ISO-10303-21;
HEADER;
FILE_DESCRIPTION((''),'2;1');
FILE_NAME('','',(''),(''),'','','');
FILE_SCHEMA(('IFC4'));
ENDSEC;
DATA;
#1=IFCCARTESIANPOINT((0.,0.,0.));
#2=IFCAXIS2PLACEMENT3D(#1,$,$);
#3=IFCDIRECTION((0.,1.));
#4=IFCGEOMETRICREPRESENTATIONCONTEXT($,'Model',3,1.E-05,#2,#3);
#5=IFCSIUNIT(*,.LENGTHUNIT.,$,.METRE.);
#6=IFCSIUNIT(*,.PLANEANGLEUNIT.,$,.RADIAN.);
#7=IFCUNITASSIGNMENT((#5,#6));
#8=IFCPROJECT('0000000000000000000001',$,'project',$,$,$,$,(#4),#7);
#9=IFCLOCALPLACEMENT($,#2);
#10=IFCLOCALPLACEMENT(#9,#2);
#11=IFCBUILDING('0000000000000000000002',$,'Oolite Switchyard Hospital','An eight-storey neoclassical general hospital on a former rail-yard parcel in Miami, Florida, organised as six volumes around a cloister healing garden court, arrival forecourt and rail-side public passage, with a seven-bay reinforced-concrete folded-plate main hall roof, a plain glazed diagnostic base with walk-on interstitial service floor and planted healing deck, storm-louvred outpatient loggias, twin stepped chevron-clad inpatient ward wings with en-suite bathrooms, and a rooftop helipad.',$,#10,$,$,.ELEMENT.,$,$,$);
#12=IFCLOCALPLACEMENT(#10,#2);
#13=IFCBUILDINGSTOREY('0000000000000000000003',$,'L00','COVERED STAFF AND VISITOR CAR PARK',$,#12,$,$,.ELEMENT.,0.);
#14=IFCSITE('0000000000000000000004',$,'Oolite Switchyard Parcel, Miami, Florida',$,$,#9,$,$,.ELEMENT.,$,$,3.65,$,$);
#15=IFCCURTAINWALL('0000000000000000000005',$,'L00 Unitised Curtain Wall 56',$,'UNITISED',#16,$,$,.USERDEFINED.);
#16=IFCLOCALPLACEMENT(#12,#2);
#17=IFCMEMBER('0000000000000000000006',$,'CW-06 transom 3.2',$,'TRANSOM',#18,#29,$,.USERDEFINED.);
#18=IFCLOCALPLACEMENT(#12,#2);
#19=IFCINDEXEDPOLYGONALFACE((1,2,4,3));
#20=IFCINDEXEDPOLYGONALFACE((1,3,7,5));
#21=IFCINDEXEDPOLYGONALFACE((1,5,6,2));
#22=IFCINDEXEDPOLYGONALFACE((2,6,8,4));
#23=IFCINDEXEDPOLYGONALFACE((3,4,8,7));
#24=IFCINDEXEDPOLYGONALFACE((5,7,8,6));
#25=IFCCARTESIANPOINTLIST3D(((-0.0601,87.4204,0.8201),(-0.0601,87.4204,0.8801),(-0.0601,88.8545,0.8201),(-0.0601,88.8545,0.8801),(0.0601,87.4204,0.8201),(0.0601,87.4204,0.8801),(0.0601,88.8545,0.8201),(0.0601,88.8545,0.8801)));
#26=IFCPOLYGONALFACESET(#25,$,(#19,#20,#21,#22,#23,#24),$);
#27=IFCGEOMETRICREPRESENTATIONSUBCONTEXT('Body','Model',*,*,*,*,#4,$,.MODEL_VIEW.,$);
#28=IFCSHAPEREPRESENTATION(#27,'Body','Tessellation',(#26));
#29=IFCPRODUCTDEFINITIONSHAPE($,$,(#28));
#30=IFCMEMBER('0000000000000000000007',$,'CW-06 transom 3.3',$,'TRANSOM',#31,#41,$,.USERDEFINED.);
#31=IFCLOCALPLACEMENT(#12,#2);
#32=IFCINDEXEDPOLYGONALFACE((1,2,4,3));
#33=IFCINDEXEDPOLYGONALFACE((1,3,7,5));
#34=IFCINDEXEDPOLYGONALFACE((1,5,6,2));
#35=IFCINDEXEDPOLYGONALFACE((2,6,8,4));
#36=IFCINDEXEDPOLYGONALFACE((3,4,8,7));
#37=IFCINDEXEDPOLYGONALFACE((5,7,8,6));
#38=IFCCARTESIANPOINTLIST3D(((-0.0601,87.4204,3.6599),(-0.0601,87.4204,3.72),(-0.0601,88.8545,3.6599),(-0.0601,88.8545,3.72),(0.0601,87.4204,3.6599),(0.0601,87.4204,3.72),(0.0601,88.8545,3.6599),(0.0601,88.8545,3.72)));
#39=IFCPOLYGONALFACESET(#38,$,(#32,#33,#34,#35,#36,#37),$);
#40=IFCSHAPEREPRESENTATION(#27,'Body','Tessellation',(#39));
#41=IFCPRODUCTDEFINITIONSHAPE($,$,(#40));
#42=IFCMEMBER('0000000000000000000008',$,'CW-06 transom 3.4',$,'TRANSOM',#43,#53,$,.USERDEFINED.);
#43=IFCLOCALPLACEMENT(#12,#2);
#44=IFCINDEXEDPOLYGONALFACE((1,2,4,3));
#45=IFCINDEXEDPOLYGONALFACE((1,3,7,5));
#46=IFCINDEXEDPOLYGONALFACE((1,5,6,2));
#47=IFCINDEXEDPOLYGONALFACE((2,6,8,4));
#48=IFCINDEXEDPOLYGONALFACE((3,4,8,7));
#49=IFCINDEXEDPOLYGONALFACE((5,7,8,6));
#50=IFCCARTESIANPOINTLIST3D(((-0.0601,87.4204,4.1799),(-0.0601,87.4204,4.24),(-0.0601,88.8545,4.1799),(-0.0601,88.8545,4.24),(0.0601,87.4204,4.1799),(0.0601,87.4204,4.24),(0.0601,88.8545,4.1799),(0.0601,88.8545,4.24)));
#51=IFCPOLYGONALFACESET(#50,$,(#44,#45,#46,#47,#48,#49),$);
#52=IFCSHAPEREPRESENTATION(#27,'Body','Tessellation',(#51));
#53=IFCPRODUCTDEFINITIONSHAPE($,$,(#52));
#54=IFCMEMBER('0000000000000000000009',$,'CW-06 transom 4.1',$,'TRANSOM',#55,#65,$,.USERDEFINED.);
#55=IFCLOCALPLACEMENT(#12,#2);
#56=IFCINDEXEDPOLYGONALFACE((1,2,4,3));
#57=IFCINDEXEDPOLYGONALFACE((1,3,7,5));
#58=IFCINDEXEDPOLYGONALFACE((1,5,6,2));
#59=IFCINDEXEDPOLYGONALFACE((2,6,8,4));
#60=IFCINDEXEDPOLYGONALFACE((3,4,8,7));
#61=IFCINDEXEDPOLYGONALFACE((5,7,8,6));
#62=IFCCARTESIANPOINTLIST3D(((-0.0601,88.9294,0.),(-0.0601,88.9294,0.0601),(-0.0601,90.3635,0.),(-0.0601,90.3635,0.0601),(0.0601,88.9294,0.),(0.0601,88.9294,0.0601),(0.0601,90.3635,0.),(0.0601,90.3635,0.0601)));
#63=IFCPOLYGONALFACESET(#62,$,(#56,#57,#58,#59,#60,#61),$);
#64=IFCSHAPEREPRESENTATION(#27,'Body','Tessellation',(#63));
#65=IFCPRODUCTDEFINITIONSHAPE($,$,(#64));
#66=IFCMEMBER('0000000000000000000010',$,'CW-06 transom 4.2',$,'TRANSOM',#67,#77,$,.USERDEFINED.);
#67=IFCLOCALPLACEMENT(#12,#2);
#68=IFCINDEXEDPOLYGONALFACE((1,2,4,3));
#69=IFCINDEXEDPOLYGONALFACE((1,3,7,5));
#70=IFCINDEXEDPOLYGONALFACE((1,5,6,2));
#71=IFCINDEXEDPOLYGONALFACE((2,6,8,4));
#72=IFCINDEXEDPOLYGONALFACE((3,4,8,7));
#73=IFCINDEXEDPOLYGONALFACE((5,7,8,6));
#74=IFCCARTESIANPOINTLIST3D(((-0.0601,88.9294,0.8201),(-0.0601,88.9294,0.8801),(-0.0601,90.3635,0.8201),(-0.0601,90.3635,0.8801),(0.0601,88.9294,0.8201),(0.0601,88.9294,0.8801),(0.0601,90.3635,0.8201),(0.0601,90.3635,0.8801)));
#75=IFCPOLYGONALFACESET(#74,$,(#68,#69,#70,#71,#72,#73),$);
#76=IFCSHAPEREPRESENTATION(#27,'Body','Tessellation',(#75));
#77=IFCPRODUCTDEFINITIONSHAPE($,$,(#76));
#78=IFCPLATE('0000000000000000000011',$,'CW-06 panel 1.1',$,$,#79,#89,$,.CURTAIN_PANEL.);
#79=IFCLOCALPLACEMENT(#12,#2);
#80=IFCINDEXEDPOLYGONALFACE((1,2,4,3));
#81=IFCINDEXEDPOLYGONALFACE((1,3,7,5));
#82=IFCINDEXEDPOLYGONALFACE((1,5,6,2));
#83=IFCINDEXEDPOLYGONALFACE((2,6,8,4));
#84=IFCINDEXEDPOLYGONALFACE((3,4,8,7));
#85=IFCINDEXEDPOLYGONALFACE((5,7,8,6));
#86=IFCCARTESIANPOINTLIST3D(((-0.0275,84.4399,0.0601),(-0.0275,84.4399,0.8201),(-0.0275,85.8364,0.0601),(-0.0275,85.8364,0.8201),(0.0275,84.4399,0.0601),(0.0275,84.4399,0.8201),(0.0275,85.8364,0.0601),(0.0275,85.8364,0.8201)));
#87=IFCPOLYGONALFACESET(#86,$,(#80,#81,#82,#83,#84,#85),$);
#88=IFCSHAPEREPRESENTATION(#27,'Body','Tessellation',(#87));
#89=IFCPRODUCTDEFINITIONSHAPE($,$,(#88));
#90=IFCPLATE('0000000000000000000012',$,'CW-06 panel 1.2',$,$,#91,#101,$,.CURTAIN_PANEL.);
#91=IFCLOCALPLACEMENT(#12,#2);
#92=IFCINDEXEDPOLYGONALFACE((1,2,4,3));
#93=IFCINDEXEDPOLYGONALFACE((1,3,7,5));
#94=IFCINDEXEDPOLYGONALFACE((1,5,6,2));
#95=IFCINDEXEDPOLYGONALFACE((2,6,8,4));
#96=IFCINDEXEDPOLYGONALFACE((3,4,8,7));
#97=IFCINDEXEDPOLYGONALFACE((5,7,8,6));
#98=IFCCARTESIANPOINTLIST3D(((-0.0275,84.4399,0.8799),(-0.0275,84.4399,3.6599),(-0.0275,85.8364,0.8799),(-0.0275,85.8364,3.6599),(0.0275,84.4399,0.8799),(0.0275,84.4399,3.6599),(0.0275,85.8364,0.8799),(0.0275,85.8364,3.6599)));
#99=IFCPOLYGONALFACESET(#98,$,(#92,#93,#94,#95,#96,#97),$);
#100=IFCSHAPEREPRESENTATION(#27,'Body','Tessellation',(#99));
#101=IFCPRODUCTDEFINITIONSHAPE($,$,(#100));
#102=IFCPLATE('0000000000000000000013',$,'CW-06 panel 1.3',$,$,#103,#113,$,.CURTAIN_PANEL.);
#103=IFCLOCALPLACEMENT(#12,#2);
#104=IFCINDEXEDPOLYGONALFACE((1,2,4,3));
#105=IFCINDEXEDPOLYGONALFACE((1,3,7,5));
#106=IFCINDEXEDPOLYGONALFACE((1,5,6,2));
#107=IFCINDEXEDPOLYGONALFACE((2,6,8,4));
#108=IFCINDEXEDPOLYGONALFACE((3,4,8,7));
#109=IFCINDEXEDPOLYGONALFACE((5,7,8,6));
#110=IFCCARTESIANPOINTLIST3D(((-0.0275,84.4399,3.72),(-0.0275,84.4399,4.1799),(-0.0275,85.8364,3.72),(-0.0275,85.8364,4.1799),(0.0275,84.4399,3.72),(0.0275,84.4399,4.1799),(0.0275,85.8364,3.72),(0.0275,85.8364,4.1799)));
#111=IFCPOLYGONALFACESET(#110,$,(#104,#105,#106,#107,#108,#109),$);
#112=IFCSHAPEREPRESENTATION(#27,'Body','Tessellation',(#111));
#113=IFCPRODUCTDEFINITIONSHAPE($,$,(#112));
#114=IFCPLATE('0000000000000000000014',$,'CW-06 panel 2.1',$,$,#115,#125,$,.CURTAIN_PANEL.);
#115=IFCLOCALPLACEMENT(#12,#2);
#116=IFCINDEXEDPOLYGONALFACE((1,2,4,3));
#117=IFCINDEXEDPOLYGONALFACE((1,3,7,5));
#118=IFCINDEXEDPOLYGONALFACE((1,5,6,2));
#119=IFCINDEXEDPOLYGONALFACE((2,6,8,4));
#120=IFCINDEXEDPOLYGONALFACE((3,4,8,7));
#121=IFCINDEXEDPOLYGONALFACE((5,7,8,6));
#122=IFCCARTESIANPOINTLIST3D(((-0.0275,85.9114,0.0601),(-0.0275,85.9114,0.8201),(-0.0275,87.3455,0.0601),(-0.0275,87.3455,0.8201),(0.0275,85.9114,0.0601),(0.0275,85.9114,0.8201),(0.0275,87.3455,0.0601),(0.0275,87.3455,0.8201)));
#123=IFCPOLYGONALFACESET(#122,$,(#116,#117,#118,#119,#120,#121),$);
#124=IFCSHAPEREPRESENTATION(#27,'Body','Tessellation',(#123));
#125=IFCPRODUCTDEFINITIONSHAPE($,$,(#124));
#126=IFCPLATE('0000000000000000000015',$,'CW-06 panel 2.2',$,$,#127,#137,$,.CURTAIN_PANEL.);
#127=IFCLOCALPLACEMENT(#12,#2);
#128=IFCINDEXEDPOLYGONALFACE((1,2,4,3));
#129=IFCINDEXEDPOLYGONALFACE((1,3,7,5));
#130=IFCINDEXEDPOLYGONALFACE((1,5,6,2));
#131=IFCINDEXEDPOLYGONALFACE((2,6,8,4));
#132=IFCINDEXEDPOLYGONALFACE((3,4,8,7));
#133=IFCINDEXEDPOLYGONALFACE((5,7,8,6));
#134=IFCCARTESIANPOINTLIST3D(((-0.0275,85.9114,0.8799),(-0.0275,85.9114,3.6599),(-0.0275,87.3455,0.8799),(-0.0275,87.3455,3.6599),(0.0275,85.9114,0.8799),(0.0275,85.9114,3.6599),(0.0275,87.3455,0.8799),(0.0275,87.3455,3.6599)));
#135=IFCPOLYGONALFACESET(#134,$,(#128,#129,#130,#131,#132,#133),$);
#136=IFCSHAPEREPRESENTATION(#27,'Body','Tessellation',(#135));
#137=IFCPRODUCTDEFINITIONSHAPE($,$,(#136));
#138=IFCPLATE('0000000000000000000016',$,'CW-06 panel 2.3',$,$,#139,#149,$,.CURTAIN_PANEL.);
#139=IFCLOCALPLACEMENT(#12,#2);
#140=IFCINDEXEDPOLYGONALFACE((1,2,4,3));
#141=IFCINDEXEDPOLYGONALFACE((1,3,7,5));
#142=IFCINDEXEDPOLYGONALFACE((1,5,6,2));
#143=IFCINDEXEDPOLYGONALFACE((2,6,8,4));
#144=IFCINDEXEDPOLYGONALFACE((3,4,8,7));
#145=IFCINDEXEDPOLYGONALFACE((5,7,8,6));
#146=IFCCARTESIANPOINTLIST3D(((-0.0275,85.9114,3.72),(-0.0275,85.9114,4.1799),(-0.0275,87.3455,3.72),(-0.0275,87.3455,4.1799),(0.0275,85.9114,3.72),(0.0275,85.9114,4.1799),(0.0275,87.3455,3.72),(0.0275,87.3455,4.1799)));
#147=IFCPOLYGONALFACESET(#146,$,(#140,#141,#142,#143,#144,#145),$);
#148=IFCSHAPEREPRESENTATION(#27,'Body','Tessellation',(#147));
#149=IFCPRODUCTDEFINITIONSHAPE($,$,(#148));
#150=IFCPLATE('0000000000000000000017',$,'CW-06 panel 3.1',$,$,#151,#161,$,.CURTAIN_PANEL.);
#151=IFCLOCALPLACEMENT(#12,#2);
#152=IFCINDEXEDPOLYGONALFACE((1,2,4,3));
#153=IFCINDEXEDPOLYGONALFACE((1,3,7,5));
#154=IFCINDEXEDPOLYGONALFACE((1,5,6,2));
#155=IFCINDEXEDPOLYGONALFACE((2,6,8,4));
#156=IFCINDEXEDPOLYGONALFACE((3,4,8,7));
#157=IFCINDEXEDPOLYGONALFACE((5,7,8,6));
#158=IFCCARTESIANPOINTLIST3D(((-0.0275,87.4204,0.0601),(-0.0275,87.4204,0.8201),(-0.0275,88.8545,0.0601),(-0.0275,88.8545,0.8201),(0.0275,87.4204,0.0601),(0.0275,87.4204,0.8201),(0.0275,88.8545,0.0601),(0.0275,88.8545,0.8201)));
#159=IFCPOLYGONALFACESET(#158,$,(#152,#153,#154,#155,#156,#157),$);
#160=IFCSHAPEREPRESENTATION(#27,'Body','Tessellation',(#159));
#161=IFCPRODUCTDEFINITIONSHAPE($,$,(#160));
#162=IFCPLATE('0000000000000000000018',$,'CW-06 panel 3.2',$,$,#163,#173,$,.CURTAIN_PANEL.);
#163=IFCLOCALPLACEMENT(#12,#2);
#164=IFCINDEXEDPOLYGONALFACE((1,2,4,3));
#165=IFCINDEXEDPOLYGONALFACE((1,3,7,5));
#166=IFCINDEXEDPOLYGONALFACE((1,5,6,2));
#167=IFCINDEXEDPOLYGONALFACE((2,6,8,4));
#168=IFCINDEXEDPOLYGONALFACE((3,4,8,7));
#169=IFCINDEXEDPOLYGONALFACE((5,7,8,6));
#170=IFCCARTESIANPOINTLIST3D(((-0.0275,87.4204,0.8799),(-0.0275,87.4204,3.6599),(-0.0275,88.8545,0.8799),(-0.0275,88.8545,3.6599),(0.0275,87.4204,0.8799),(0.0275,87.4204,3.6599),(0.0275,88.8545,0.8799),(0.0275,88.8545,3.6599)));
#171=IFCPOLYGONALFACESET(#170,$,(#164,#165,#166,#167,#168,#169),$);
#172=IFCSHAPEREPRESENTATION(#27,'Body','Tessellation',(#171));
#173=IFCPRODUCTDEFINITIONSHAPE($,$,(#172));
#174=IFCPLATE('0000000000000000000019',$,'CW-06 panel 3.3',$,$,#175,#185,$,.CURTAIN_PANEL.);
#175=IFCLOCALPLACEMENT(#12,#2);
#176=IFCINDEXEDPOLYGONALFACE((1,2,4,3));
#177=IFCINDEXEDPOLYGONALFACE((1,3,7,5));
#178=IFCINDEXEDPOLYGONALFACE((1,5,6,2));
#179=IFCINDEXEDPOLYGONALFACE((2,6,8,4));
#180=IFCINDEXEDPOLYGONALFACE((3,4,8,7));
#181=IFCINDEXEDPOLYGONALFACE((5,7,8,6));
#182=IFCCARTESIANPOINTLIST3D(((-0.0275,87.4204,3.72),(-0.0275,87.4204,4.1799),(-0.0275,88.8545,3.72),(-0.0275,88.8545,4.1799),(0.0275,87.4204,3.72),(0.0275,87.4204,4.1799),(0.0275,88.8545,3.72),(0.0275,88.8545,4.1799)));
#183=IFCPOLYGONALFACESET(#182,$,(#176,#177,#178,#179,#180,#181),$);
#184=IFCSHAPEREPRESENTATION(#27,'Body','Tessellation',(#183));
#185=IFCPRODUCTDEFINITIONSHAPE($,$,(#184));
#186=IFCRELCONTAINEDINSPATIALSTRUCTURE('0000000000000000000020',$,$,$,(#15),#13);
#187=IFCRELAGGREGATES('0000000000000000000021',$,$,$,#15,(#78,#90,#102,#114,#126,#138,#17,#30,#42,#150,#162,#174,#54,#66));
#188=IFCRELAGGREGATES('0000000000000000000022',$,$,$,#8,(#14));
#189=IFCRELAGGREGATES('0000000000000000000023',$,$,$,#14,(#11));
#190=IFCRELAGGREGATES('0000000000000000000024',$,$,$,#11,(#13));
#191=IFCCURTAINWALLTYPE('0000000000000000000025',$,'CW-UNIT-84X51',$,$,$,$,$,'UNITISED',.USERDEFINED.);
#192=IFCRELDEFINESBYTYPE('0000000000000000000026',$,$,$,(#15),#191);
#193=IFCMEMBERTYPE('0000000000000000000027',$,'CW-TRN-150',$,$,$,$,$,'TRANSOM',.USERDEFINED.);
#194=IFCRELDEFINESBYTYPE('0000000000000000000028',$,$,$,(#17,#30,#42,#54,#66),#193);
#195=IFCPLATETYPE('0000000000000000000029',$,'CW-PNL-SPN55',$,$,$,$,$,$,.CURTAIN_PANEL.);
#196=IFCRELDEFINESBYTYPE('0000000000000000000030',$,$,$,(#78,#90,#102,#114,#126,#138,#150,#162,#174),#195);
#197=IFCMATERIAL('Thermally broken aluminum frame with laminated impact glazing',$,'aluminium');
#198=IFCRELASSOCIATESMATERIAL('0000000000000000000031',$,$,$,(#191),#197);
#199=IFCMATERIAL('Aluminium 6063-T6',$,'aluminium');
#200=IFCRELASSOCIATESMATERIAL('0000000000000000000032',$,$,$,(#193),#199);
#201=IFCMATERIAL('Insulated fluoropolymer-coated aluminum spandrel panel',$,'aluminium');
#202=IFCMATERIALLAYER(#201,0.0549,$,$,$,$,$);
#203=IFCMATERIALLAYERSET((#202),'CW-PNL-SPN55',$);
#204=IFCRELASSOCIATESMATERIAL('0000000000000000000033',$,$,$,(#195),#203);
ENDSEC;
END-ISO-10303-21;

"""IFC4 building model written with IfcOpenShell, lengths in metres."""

from ifc_helpers import new_model, si_unit, direction, frame, origin, origin_2d, place, context, subcontext, project, spatial, rectangle, extrude, material, layer, layer_set, material_profile, profile_set, type_object, element, aggregate, save


model = new_model("IFC4")

# Units and contexts
model_context = context("Model", 3, precision=1e-05, world=origin(), true_north=direction((0.0, 1.0)))
body_context = subcontext(model_context, "Body", "Model", "MODEL_VIEW")
ifc_project = project(units=[si_unit("LENGTHUNIT", "METRE"), si_unit("PLANEANGLEUNIT", "RADIAN")], contexts=[model_context])

# Site, building, storey
site_placement = place(None, origin())
site = spatial("IfcSite", under=ifc_project, at=site_placement, Name="Oolite Switchyard Parcel, Miami, Florida", CompositionType="ELEMENT", RefElevation=3.65)
building_placement = place(site_placement, origin())
building = spatial("IfcBuilding", under=site, at=building_placement, Name="Oolite Switchyard Hospital", Description="An eight-storey neoclassical general hospital on a former rail-yard parcel in Miami, Florida, organised as six volumes around a cloister healing garden court, arrival forecourt and rail-side public passage, with a seven-bay reinforced-concrete folded-plate main hall roof, a plain glazed diagnostic base with walk-on interstitial service floor and planted healing deck, storm-louvred outpatient loggias, twin stepped chevron-clad inpatient ward wings with en-suite bathrooms, and a rooftop helipad.", CompositionType="ELEMENT")
storey_placement = place(building_placement, origin())
storey = spatial("IfcBuildingStorey", under=building, at=storey_placement, Name="L00", Description="COVERED STAFF AND VISITOR CAR PARK", CompositionType="ELEMENT", Elevation=0.0)

# Curtain wall, members, plates
ifc_material_1 = material(Name="Thermally broken aluminum frame with laminated impact glazing", Category="aluminium")
curtain_wall_type = type_object("IfcCurtainWallType", Name="CW-UNIT-84X51", ElementType="UNITISED", PredefinedType="USERDEFINED", material=ifc_material_1)
curtain_wall_placement = place(storey_placement, origin())
curtain_wall = element("IfcCurtainWall", 1, at=curtain_wall_placement, inside=storey, type_object=curtain_wall_type, Name="L00 Unitised Curtain Wall 56", ObjectType="UNITISED", PredefinedType="USERDEFINED")
ifc_material_2 = material(Name="Aluminium 6063-T6", Category="aluminium")
ifc_material_profile_1 = material_profile(ifc_material_2, rectangle(XDim=0.1201, YDim=0.0601, at=origin_2d()), Name="CWT60X120")
ifc_profile_set_1 = profile_set([ifc_material_profile_1], Name="Aluminium 6063-T6")
member_type_1 = type_object("IfcMemberType", Name="CW-TRN-150", ElementType="TRANSOM", PredefinedType="USERDEFINED", material=ifc_profile_set_1)
member_1_placement = place(storey_placement, frame((0.0, 87.4204, 0.8501), z_axis=(0.0, 1.0, 0.0), x_axis=(-1.0, 0.0, 0.0)))
member_1 = element("IfcMember", 2, at=member_1_placement, type_object=member_type_1, Name="CW-06 transom 3.2", ObjectType="TRANSOM", PredefinedType="USERDEFINED", context=body_context, shape_type="SweptSolid", body=[
    extrude(rectangle(XDim=0.1201, YDim=0.0601, at=origin_2d()), origin(), (0.0, 0.0, 1.0), 1.4341),
])
member_2_placement = place(storey_placement, frame((0.0, 87.4204, 3.6899), z_axis=(0.0, 1.0, 0.0), x_axis=(-1.0, 0.0, 0.0)))
member_2 = element("IfcMember", 3, at=member_2_placement, type_object=member_type_1, Name="CW-06 transom 3.3", ObjectType="TRANSOM", PredefinedType="USERDEFINED", context=body_context, shape_type="SweptSolid", body=[
    extrude(rectangle(XDim=0.1201, YDim=0.0601, at=origin_2d()), origin(), (0.0, 0.0, 1.0), 1.4341),
])
member_3_placement = place(storey_placement, frame((0.0, 87.4204, 4.21), z_axis=(0.0, 1.0, 0.0), x_axis=(-1.0, 0.0, 0.0)))
member_3 = element("IfcMember", 4, at=member_3_placement, type_object=member_type_1, Name="CW-06 transom 3.4", ObjectType="TRANSOM", PredefinedType="USERDEFINED", context=body_context, shape_type="SweptSolid", body=[
    extrude(rectangle(XDim=0.1201, YDim=0.0601, at=origin_2d()), origin(), (0.0, 0.0, 1.0), 1.4341),
])
member_4_placement = place(storey_placement, frame((0.0, 88.9294, 0.03), z_axis=(0.0, 1.0, 0.0), x_axis=(-1.0, 0.0, 0.0)))
member_4 = element("IfcMember", 5, at=member_4_placement, type_object=member_type_1, Name="CW-06 transom 4.1", ObjectType="TRANSOM", PredefinedType="USERDEFINED", context=body_context, shape_type="SweptSolid", body=[
    extrude(rectangle(XDim=0.1201, YDim=0.0601, at=origin_2d()), origin(), (0.0, 0.0, 1.0), 1.4341),
])
member_5_placement = place(storey_placement, frame((0.0, 88.9294, 0.8501), z_axis=(0.0, 1.0, 0.0), x_axis=(-1.0, 0.0, 0.0)))
member_5 = element("IfcMember", 6, at=member_5_placement, type_object=member_type_1, Name="CW-06 transom 4.2", ObjectType="TRANSOM", PredefinedType="USERDEFINED", context=body_context, shape_type="SweptSolid", body=[
    extrude(rectangle(XDim=0.1201, YDim=0.0601, at=origin_2d()), origin(), (0.0, 0.0, 1.0), 1.4341),
])
ifc_material_3 = material(Name="Insulated fluoropolymer-coated aluminum spandrel panel", Category="aluminium")
ifc_layer = layer(ifc_material_3, 0.0549)
ifc_layer_set = layer_set([ifc_layer], Name="CW-PNL-SPN55")
plate_type = type_object("IfcPlateType", Name="CW-PNL-SPN55", PredefinedType="CURTAIN_PANEL", material=ifc_layer_set)
plate_1_placement = place(storey_placement, frame((0.0, 85.1382, 0.0601), z_axis=(0.0, 0.0, 1.0), x_axis=(0.0, 1.0, 0.0)))
plate_1 = element("IfcPlate", 7, at=plate_1_placement, type_object=plate_type, Name="CW-06 panel 1.1", PredefinedType="CURTAIN_PANEL", context=body_context, shape_type="SweptSolid", body=[
    extrude(rectangle(XDim=1.3965, YDim=0.0549, at=origin_2d()), origin(), (0.0, 0.0, 1.0), 0.76),
])
plate_2_placement = place(storey_placement, frame((0.0, 85.1382, 0.8799), z_axis=(0.0, 0.0, 1.0), x_axis=(0.0, 1.0, 0.0)))
plate_2 = element("IfcPlate", 8, at=plate_2_placement, type_object=plate_type, Name="CW-06 panel 1.2", PredefinedType="CURTAIN_PANEL", context=body_context, shape_type="SweptSolid", body=[
    extrude(rectangle(XDim=1.3965, YDim=0.0549, at=origin_2d()), origin(), (0.0, 0.0, 1.0), 2.78),
])
plate_3_placement = place(storey_placement, frame((0.0, 85.1382, 3.72), z_axis=(0.0, 0.0, 1.0), x_axis=(0.0, 1.0, 0.0)))
plate_3 = element("IfcPlate", 9, at=plate_3_placement, type_object=plate_type, Name="CW-06 panel 1.3", PredefinedType="CURTAIN_PANEL", context=body_context, shape_type="SweptSolid", body=[
    extrude(rectangle(XDim=1.3965, YDim=0.0549, at=origin_2d()), origin(), (0.0, 0.0, 1.0), 0.46),
])
plate_4_placement = place(storey_placement, frame((0.0, 86.6284, 0.0601), z_axis=(0.0, 0.0, 1.0), x_axis=(0.0, 1.0, 0.0)))
plate_4 = element("IfcPlate", 10, at=plate_4_placement, type_object=plate_type, Name="CW-06 panel 2.1", PredefinedType="CURTAIN_PANEL", context=body_context, shape_type="SweptSolid", body=[
    extrude(rectangle(XDim=1.4341, YDim=0.0549, at=origin_2d()), origin(), (0.0, 0.0, 1.0), 0.76),
])
plate_5_placement = place(storey_placement, frame((0.0, 86.6284, 0.8799), z_axis=(0.0, 0.0, 1.0), x_axis=(0.0, 1.0, 0.0)))
plate_5 = element("IfcPlate", 11, at=plate_5_placement, type_object=plate_type, Name="CW-06 panel 2.2", PredefinedType="CURTAIN_PANEL", context=body_context, shape_type="SweptSolid", body=[
    extrude(rectangle(XDim=1.4341, YDim=0.0549, at=origin_2d()), origin(), (0.0, 0.0, 1.0), 2.78),
])
plate_6_placement = place(storey_placement, frame((0.0, 86.6284, 3.72), z_axis=(0.0, 0.0, 1.0), x_axis=(0.0, 1.0, 0.0)))
plate_6 = element("IfcPlate", 12, at=plate_6_placement, type_object=plate_type, Name="CW-06 panel 2.3", PredefinedType="CURTAIN_PANEL", context=body_context, shape_type="SweptSolid", body=[
    extrude(rectangle(XDim=1.4341, YDim=0.0549, at=origin_2d()), origin(), (0.0, 0.0, 1.0), 0.46),
])
plate_7_placement = place(storey_placement, frame((0.0, 88.1375, 0.0601), z_axis=(0.0, 0.0, 1.0), x_axis=(0.0, 1.0, 0.0)))
plate_7 = element("IfcPlate", 13, at=plate_7_placement, type_object=plate_type, Name="CW-06 panel 3.1", PredefinedType="CURTAIN_PANEL", context=body_context, shape_type="SweptSolid", body=[
    extrude(rectangle(XDim=1.4341, YDim=0.0549, at=origin_2d()), origin(), (0.0, 0.0, 1.0), 0.76),
])
plate_8_placement = place(storey_placement, frame((0.0, 88.1375, 0.8799), z_axis=(0.0, 0.0, 1.0), x_axis=(0.0, 1.0, 0.0)))
plate_8 = element("IfcPlate", 14, at=plate_8_placement, type_object=plate_type, Name="CW-06 panel 3.2", PredefinedType="CURTAIN_PANEL", context=body_context, shape_type="SweptSolid", body=[
    extrude(rectangle(XDim=1.4341, YDim=0.0549, at=origin_2d()), origin(), (0.0, 0.0, 1.0), 2.78),
])
plate_9_placement = place(storey_placement, frame((0.0, 88.1375, 3.72), z_axis=(0.0, 0.0, 1.0), x_axis=(0.0, 1.0, 0.0)))
plate_9 = element("IfcPlate", 15, at=plate_9_placement, type_object=plate_type, Name="CW-06 panel 3.3", PredefinedType="CURTAIN_PANEL", context=body_context, shape_type="SweptSolid", body=[
    extrude(rectangle(XDim=1.4341, YDim=0.0549, at=origin_2d()), origin(), (0.0, 0.0, 1.0), 0.46),
])
aggregate(curtain_wall, [plate_1, plate_2, plate_3, plate_4, plate_5, plate_6, member_1, member_2, member_3, plate_7, plate_8, plate_9, member_4, member_5])

save(model, "model.ifc")
